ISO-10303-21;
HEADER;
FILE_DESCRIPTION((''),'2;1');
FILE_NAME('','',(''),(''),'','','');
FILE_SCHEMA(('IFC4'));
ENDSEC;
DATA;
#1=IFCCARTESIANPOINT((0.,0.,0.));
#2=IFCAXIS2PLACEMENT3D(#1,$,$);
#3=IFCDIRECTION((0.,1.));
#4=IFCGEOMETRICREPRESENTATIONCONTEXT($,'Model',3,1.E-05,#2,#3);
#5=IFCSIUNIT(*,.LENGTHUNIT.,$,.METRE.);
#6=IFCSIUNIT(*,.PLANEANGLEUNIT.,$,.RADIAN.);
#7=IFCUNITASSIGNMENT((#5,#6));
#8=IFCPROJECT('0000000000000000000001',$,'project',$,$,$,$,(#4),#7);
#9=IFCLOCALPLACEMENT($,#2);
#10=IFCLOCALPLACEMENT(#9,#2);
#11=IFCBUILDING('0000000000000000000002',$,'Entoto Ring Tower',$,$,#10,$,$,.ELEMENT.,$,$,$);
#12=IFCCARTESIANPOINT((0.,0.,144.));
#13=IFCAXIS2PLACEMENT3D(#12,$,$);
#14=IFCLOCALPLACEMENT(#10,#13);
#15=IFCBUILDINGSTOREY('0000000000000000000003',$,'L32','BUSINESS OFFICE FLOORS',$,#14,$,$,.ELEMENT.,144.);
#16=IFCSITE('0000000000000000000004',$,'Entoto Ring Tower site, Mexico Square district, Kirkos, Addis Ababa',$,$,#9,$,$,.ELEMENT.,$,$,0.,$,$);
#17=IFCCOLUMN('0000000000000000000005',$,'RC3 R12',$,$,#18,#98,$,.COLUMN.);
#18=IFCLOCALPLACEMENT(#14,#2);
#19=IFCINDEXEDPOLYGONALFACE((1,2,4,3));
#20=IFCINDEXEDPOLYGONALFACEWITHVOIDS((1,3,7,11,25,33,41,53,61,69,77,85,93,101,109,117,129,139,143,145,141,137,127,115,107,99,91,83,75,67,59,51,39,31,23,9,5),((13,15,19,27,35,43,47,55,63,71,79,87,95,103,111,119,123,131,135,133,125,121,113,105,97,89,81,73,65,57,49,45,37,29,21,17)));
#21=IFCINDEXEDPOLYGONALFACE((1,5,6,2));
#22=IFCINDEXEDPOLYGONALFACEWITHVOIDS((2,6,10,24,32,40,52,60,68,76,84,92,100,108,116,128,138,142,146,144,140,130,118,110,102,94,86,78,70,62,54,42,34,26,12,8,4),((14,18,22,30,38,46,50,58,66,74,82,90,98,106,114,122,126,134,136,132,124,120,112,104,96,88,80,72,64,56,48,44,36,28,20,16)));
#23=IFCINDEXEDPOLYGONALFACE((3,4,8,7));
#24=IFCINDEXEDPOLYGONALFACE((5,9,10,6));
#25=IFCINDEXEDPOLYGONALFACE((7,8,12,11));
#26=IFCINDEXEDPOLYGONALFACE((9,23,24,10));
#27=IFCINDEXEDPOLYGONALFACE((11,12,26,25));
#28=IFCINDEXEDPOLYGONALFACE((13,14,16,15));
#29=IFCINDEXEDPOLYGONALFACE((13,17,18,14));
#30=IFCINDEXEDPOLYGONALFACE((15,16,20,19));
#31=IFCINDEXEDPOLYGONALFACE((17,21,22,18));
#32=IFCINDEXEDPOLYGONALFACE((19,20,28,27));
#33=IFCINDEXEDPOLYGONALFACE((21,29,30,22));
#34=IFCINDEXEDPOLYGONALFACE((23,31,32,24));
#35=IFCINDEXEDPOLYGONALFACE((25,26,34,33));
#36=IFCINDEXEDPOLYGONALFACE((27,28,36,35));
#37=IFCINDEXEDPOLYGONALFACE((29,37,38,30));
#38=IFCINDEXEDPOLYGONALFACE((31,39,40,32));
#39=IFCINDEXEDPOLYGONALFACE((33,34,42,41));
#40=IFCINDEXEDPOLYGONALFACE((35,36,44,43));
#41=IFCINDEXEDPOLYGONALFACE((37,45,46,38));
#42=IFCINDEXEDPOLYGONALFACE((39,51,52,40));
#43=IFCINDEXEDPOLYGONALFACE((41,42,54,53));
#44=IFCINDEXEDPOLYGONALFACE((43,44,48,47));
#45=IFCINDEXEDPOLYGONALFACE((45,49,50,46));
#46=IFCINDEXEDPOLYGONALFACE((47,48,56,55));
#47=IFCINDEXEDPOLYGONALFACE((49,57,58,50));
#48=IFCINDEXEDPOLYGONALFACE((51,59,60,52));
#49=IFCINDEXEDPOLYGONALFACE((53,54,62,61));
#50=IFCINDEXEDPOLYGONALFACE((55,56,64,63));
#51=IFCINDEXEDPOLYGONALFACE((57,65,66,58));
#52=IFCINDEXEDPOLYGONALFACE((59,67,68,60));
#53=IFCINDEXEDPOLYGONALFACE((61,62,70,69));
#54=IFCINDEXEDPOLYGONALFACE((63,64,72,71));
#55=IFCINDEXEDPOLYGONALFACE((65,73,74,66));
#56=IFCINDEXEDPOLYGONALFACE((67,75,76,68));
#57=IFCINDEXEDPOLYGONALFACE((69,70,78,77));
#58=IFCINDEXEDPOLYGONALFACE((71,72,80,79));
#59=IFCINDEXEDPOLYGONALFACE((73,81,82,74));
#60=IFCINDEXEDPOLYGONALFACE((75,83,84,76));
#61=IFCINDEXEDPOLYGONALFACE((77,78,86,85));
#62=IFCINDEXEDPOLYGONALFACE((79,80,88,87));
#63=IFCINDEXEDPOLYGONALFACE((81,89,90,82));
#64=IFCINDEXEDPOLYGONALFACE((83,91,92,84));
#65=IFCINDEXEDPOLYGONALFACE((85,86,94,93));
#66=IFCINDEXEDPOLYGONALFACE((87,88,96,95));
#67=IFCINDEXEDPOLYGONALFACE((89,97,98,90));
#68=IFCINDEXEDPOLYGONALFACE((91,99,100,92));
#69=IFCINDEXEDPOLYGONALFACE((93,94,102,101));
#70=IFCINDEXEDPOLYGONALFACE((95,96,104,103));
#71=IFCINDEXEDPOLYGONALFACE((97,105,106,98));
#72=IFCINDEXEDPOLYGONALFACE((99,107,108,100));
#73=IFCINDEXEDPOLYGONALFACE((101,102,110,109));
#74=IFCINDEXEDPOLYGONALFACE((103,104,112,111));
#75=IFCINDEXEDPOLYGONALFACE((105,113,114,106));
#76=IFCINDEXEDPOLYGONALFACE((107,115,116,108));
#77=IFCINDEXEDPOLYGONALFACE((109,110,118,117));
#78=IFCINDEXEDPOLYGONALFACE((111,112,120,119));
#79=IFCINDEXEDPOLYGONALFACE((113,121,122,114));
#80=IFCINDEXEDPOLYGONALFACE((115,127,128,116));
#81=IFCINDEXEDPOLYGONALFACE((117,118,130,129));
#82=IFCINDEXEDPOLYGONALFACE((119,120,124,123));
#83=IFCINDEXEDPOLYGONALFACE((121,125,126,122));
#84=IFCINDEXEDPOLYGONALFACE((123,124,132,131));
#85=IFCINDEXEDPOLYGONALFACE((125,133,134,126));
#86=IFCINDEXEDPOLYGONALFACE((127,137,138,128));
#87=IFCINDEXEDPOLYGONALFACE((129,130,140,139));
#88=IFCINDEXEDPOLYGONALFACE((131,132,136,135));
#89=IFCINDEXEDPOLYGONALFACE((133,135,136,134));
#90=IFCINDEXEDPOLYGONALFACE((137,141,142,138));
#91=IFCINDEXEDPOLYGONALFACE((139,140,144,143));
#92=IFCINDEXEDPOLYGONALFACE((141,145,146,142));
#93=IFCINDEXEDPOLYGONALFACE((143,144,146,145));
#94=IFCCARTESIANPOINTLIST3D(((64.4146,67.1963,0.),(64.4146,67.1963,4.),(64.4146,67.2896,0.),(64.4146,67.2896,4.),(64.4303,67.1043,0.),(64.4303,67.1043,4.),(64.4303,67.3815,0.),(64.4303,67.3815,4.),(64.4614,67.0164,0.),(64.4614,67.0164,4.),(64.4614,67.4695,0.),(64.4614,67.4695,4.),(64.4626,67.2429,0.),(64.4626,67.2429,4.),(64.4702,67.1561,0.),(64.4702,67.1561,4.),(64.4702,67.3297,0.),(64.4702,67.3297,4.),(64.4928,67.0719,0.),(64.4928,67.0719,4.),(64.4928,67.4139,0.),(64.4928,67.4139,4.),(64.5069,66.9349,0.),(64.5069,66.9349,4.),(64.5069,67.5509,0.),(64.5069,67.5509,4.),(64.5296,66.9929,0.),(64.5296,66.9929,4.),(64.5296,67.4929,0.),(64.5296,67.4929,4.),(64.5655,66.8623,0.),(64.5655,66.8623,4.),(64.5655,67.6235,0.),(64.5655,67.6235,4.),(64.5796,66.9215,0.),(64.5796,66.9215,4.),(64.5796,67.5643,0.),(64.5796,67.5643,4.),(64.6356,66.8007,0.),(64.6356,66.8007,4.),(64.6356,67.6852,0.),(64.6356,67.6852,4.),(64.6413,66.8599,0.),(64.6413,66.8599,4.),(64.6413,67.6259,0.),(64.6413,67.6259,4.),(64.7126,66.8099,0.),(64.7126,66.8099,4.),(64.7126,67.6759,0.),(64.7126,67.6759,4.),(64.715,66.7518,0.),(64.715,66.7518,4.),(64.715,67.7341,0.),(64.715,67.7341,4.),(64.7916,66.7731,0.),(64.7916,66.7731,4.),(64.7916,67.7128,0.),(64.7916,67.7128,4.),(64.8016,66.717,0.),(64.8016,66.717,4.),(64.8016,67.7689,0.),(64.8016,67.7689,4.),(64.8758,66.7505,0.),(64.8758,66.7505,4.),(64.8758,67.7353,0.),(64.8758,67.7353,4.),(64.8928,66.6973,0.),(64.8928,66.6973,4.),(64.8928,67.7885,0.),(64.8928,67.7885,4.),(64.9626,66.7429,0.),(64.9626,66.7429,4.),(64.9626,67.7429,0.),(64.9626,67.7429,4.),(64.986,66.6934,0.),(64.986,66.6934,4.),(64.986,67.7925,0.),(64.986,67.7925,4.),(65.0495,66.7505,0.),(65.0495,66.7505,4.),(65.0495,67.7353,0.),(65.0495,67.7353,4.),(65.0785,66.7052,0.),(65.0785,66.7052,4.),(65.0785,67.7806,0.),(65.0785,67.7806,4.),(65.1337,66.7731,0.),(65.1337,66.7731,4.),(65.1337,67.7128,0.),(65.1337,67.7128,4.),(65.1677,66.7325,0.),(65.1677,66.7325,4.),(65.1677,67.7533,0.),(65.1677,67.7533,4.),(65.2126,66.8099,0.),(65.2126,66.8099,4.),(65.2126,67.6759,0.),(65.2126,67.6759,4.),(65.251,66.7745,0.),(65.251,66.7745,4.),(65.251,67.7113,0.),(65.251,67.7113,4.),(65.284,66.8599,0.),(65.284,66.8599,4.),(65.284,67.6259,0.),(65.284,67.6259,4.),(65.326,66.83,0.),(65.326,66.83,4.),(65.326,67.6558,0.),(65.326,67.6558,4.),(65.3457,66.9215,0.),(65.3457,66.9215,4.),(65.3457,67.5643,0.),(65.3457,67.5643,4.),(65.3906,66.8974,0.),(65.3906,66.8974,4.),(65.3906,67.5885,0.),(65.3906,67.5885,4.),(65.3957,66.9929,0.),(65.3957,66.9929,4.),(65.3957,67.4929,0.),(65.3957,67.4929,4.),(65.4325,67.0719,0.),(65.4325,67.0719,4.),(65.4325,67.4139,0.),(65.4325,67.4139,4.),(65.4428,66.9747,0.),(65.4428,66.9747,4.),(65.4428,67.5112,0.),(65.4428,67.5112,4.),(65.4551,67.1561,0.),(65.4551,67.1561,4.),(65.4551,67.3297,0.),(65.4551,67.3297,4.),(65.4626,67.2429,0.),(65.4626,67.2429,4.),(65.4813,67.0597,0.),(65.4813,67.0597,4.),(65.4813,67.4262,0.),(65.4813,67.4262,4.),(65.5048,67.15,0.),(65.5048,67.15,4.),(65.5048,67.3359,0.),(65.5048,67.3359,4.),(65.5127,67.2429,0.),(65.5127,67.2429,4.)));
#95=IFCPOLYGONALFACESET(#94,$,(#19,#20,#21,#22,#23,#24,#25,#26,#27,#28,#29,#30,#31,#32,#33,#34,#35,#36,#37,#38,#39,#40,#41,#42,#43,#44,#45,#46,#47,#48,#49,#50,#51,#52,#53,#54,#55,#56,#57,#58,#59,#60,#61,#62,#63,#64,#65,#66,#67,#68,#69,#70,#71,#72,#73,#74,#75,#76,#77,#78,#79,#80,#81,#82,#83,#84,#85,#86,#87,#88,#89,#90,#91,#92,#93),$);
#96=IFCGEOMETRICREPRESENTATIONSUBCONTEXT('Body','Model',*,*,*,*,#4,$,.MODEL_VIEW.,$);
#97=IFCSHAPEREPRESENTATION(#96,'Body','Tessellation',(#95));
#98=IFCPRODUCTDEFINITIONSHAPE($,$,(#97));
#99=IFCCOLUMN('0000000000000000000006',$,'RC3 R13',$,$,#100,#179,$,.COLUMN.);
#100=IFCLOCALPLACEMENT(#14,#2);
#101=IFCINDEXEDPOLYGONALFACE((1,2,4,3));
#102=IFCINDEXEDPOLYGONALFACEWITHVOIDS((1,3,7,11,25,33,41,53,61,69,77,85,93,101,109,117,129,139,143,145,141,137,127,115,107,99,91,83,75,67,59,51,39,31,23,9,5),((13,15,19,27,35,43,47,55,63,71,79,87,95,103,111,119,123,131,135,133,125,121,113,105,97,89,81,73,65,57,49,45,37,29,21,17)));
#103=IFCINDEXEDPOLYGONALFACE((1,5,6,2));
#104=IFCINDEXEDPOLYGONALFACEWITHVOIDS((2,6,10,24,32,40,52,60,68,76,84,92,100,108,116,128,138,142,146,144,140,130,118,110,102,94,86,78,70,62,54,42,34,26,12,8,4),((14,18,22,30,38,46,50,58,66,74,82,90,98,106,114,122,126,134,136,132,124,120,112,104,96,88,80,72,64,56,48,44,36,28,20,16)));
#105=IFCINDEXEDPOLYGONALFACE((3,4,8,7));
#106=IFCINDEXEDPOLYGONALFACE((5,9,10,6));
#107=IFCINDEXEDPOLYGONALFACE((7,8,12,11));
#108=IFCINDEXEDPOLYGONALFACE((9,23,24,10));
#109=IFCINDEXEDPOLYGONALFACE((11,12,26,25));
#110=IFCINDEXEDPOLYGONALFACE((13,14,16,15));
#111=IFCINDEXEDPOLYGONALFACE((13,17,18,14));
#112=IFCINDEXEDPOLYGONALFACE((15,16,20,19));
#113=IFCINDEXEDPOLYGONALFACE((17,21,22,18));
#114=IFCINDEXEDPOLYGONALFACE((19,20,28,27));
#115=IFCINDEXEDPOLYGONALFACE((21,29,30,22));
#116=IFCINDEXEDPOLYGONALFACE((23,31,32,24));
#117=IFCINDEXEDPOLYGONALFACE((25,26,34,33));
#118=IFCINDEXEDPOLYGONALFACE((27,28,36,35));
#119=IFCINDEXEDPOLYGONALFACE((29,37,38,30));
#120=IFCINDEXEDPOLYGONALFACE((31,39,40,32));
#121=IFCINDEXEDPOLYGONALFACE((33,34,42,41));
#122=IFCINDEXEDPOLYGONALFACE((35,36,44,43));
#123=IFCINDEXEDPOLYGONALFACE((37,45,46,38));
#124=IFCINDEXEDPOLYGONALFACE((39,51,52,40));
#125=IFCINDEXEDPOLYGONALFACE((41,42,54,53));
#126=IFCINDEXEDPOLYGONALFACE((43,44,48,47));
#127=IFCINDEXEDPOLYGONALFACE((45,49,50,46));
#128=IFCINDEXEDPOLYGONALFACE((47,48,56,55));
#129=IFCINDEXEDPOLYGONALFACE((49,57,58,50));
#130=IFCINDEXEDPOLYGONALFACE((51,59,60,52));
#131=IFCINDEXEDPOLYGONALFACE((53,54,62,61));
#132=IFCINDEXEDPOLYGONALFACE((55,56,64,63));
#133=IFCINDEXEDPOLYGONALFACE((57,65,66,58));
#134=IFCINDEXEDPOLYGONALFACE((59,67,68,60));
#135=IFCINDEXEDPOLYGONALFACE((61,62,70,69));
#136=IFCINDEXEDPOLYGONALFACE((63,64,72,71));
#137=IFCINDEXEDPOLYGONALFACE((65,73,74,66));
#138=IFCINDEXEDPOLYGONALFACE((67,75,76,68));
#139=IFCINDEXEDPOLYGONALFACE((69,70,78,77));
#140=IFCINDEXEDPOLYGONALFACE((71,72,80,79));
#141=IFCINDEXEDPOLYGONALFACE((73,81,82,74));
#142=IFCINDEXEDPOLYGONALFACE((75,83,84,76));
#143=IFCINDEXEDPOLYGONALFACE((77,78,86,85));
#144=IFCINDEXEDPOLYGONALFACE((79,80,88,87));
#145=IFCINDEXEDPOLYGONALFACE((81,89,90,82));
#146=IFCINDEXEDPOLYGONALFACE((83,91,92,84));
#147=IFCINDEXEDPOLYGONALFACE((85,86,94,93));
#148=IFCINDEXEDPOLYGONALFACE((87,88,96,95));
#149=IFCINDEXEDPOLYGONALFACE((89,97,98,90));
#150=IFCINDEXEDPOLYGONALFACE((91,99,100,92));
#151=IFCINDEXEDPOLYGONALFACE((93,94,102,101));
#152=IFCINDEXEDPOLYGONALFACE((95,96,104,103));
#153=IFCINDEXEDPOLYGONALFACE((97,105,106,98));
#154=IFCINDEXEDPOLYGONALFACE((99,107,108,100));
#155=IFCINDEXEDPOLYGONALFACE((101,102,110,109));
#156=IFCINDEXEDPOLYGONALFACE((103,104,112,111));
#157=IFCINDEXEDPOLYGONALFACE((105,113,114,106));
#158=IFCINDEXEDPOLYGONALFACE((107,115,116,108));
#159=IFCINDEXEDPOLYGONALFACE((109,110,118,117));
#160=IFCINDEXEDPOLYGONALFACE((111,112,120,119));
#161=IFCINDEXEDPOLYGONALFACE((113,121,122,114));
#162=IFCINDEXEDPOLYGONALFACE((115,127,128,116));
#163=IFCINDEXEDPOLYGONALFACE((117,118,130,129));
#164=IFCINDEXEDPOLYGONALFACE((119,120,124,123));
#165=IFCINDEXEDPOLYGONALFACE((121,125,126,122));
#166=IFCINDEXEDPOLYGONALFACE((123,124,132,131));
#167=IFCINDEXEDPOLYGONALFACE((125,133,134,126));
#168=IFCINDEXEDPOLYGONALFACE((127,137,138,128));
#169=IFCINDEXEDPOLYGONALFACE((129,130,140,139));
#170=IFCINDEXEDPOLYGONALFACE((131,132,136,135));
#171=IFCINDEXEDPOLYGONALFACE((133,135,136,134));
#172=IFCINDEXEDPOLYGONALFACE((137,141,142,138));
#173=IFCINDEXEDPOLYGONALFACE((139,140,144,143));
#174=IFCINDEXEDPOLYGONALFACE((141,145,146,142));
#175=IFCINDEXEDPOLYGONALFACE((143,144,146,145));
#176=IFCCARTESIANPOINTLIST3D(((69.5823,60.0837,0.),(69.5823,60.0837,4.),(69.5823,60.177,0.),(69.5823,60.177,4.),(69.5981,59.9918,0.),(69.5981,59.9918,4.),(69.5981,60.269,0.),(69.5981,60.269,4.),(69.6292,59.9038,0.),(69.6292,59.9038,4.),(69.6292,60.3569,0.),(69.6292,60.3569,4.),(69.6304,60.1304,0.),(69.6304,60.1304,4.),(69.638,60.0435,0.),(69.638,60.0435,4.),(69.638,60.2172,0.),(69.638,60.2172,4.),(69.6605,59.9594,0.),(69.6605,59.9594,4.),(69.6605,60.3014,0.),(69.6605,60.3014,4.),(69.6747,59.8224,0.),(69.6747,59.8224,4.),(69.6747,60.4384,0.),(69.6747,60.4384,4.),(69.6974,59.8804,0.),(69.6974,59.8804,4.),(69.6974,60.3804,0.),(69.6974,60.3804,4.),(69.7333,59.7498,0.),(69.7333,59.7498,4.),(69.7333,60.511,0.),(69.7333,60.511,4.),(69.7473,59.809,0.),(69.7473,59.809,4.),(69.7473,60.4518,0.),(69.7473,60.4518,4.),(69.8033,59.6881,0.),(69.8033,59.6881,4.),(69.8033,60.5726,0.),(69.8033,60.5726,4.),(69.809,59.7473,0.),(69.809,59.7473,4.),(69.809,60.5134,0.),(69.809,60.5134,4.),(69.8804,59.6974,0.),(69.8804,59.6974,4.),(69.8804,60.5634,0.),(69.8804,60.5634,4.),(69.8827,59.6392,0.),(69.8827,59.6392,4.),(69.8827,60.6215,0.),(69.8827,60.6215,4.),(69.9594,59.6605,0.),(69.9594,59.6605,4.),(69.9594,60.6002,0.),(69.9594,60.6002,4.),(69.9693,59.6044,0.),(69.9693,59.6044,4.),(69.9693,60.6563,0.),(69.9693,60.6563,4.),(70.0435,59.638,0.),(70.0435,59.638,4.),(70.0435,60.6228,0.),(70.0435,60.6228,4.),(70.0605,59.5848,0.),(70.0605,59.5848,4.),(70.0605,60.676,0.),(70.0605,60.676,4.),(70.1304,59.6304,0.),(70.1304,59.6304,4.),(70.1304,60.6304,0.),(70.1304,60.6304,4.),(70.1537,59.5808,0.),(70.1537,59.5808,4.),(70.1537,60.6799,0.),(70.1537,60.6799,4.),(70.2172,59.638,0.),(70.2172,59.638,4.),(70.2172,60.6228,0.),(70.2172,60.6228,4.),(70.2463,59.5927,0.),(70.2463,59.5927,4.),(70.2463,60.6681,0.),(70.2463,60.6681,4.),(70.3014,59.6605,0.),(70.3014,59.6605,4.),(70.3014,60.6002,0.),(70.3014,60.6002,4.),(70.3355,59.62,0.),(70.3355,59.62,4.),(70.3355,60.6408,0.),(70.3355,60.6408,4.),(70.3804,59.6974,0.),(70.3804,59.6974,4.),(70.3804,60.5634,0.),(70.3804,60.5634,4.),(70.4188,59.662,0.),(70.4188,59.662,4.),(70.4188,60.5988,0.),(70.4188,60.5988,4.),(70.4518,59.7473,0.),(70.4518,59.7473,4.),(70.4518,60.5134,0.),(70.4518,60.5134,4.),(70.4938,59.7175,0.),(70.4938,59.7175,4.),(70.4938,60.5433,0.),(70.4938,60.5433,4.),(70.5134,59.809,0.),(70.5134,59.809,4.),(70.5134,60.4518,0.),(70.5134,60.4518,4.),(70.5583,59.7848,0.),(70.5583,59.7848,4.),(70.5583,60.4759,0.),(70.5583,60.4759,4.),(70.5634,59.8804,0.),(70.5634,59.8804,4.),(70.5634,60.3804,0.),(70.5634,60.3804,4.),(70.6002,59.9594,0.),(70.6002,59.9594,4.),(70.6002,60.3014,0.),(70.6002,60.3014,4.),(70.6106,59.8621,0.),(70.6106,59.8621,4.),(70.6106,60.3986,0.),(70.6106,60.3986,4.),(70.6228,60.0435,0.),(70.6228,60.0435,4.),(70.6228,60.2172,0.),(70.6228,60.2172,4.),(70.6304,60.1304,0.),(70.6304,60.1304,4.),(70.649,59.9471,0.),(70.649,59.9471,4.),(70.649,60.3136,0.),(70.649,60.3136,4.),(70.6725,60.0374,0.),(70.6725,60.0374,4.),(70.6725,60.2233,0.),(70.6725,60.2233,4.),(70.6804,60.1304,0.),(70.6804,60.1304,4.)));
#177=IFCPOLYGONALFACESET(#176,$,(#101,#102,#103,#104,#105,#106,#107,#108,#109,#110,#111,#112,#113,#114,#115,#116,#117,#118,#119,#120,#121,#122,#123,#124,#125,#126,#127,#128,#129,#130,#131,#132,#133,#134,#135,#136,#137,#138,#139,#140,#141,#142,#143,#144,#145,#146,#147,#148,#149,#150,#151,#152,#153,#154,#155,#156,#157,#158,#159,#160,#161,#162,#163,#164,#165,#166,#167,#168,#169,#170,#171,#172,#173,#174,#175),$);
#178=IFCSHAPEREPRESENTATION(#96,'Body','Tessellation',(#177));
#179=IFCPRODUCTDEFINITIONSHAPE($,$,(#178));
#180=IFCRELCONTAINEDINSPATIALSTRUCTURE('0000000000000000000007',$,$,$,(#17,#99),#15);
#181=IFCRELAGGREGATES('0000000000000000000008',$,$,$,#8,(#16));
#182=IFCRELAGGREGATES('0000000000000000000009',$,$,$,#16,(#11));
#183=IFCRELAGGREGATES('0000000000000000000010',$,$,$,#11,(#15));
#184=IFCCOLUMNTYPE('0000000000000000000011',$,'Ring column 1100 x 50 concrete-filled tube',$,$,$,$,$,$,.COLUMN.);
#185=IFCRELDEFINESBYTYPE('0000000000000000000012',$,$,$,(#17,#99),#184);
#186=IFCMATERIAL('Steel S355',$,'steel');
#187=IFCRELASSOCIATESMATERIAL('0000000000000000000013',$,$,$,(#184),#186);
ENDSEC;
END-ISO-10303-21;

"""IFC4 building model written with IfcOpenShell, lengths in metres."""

from ifc_helpers import new_model, si_unit, direction, frame, origin, origin_2d, place, context, subcontext, project, spatial, circle, hollow_circle, extrude, material, material_profile, profile_set, type_object, element, save


model = new_model("IFC4")

# Units and contexts
model_context = context("Model", 3, precision=1e-05, world=origin(), true_north=direction((0.0, 1.0)))
body_context = subcontext(model_context, "Body", "Model", "MODEL_VIEW")
ifc_project = project(units=[si_unit("LENGTHUNIT", "METRE"), si_unit("PLANEANGLEUNIT", "RADIAN")], contexts=[model_context])

# Site, building, storey
site_placement = place(None, origin())
site = spatial("IfcSite", under=ifc_project, at=site_placement, Name="Entoto Ring Tower site, Mexico Square district, Kirkos, Addis Ababa", CompositionType="ELEMENT", RefElevation=0.0)
building_placement = place(site_placement, origin())
building = spatial("IfcBuilding", under=site, at=building_placement, Name="Entoto Ring Tower", CompositionType="ELEMENT")
storey_placement = place(building_placement, frame((0.0, 0.0, 144.0)))
storey = spatial("IfcBuildingStorey", under=building, at=storey_placement, Name="L32", Description="BUSINESS OFFICE FLOORS", CompositionType="ELEMENT", Elevation=144.0)

# Columns
ifc_material_1 = material(Name="Steel S355", Category="steel")
ifc_material_profile_1 = material_profile(ifc_material_1, hollow_circle(Radius=0.55, WallThickness=0.05, at=origin_2d()), Name="CHS 1100 x 50")
ifc_material_2 = material(Name="Concrete C60/75", Category="concrete")
ifc_material_profile_2 = material_profile(ifc_material_2, circle(Radius=0.5, at=origin_2d()), Name="Concrete C60/75 infill")
ifc_profile_set_1 = profile_set([ifc_material_profile_1, ifc_material_profile_2], Name="Steel S355")
column_type = type_object("IfcColumnType", Name="Ring column 1100 x 50 concrete-filled tube", PredefinedType="COLUMN", material=ifc_profile_set_1)
for number, where, z_axis, x_axis, name in (
    (1, (64.9626, 67.2429, 0.0), (0.0, 0.0, 1.0), (1.0, 0.0, 0.0), "RC3 R12"),
    (2, (70.1304, 60.1304, 0.0), (0.0, 0.0, 1.0), (1.0, 0.0, 0.0), "RC3 R13"),
):
    element("IfcColumn", number, at=place(storey_placement, frame(where, z_axis=z_axis, x_axis=x_axis)), inside=storey, type_object=column_type, Name=name, PredefinedType="COLUMN", context=body_context, shape_type="SweptSolid", body=[
        extrude(hollow_circle(Radius=0.55, WallThickness=0.05, at=origin_2d()), origin(), (0.0, 0.0, 1.0), 4.0),
    ])

save(model, "model.ifc")
